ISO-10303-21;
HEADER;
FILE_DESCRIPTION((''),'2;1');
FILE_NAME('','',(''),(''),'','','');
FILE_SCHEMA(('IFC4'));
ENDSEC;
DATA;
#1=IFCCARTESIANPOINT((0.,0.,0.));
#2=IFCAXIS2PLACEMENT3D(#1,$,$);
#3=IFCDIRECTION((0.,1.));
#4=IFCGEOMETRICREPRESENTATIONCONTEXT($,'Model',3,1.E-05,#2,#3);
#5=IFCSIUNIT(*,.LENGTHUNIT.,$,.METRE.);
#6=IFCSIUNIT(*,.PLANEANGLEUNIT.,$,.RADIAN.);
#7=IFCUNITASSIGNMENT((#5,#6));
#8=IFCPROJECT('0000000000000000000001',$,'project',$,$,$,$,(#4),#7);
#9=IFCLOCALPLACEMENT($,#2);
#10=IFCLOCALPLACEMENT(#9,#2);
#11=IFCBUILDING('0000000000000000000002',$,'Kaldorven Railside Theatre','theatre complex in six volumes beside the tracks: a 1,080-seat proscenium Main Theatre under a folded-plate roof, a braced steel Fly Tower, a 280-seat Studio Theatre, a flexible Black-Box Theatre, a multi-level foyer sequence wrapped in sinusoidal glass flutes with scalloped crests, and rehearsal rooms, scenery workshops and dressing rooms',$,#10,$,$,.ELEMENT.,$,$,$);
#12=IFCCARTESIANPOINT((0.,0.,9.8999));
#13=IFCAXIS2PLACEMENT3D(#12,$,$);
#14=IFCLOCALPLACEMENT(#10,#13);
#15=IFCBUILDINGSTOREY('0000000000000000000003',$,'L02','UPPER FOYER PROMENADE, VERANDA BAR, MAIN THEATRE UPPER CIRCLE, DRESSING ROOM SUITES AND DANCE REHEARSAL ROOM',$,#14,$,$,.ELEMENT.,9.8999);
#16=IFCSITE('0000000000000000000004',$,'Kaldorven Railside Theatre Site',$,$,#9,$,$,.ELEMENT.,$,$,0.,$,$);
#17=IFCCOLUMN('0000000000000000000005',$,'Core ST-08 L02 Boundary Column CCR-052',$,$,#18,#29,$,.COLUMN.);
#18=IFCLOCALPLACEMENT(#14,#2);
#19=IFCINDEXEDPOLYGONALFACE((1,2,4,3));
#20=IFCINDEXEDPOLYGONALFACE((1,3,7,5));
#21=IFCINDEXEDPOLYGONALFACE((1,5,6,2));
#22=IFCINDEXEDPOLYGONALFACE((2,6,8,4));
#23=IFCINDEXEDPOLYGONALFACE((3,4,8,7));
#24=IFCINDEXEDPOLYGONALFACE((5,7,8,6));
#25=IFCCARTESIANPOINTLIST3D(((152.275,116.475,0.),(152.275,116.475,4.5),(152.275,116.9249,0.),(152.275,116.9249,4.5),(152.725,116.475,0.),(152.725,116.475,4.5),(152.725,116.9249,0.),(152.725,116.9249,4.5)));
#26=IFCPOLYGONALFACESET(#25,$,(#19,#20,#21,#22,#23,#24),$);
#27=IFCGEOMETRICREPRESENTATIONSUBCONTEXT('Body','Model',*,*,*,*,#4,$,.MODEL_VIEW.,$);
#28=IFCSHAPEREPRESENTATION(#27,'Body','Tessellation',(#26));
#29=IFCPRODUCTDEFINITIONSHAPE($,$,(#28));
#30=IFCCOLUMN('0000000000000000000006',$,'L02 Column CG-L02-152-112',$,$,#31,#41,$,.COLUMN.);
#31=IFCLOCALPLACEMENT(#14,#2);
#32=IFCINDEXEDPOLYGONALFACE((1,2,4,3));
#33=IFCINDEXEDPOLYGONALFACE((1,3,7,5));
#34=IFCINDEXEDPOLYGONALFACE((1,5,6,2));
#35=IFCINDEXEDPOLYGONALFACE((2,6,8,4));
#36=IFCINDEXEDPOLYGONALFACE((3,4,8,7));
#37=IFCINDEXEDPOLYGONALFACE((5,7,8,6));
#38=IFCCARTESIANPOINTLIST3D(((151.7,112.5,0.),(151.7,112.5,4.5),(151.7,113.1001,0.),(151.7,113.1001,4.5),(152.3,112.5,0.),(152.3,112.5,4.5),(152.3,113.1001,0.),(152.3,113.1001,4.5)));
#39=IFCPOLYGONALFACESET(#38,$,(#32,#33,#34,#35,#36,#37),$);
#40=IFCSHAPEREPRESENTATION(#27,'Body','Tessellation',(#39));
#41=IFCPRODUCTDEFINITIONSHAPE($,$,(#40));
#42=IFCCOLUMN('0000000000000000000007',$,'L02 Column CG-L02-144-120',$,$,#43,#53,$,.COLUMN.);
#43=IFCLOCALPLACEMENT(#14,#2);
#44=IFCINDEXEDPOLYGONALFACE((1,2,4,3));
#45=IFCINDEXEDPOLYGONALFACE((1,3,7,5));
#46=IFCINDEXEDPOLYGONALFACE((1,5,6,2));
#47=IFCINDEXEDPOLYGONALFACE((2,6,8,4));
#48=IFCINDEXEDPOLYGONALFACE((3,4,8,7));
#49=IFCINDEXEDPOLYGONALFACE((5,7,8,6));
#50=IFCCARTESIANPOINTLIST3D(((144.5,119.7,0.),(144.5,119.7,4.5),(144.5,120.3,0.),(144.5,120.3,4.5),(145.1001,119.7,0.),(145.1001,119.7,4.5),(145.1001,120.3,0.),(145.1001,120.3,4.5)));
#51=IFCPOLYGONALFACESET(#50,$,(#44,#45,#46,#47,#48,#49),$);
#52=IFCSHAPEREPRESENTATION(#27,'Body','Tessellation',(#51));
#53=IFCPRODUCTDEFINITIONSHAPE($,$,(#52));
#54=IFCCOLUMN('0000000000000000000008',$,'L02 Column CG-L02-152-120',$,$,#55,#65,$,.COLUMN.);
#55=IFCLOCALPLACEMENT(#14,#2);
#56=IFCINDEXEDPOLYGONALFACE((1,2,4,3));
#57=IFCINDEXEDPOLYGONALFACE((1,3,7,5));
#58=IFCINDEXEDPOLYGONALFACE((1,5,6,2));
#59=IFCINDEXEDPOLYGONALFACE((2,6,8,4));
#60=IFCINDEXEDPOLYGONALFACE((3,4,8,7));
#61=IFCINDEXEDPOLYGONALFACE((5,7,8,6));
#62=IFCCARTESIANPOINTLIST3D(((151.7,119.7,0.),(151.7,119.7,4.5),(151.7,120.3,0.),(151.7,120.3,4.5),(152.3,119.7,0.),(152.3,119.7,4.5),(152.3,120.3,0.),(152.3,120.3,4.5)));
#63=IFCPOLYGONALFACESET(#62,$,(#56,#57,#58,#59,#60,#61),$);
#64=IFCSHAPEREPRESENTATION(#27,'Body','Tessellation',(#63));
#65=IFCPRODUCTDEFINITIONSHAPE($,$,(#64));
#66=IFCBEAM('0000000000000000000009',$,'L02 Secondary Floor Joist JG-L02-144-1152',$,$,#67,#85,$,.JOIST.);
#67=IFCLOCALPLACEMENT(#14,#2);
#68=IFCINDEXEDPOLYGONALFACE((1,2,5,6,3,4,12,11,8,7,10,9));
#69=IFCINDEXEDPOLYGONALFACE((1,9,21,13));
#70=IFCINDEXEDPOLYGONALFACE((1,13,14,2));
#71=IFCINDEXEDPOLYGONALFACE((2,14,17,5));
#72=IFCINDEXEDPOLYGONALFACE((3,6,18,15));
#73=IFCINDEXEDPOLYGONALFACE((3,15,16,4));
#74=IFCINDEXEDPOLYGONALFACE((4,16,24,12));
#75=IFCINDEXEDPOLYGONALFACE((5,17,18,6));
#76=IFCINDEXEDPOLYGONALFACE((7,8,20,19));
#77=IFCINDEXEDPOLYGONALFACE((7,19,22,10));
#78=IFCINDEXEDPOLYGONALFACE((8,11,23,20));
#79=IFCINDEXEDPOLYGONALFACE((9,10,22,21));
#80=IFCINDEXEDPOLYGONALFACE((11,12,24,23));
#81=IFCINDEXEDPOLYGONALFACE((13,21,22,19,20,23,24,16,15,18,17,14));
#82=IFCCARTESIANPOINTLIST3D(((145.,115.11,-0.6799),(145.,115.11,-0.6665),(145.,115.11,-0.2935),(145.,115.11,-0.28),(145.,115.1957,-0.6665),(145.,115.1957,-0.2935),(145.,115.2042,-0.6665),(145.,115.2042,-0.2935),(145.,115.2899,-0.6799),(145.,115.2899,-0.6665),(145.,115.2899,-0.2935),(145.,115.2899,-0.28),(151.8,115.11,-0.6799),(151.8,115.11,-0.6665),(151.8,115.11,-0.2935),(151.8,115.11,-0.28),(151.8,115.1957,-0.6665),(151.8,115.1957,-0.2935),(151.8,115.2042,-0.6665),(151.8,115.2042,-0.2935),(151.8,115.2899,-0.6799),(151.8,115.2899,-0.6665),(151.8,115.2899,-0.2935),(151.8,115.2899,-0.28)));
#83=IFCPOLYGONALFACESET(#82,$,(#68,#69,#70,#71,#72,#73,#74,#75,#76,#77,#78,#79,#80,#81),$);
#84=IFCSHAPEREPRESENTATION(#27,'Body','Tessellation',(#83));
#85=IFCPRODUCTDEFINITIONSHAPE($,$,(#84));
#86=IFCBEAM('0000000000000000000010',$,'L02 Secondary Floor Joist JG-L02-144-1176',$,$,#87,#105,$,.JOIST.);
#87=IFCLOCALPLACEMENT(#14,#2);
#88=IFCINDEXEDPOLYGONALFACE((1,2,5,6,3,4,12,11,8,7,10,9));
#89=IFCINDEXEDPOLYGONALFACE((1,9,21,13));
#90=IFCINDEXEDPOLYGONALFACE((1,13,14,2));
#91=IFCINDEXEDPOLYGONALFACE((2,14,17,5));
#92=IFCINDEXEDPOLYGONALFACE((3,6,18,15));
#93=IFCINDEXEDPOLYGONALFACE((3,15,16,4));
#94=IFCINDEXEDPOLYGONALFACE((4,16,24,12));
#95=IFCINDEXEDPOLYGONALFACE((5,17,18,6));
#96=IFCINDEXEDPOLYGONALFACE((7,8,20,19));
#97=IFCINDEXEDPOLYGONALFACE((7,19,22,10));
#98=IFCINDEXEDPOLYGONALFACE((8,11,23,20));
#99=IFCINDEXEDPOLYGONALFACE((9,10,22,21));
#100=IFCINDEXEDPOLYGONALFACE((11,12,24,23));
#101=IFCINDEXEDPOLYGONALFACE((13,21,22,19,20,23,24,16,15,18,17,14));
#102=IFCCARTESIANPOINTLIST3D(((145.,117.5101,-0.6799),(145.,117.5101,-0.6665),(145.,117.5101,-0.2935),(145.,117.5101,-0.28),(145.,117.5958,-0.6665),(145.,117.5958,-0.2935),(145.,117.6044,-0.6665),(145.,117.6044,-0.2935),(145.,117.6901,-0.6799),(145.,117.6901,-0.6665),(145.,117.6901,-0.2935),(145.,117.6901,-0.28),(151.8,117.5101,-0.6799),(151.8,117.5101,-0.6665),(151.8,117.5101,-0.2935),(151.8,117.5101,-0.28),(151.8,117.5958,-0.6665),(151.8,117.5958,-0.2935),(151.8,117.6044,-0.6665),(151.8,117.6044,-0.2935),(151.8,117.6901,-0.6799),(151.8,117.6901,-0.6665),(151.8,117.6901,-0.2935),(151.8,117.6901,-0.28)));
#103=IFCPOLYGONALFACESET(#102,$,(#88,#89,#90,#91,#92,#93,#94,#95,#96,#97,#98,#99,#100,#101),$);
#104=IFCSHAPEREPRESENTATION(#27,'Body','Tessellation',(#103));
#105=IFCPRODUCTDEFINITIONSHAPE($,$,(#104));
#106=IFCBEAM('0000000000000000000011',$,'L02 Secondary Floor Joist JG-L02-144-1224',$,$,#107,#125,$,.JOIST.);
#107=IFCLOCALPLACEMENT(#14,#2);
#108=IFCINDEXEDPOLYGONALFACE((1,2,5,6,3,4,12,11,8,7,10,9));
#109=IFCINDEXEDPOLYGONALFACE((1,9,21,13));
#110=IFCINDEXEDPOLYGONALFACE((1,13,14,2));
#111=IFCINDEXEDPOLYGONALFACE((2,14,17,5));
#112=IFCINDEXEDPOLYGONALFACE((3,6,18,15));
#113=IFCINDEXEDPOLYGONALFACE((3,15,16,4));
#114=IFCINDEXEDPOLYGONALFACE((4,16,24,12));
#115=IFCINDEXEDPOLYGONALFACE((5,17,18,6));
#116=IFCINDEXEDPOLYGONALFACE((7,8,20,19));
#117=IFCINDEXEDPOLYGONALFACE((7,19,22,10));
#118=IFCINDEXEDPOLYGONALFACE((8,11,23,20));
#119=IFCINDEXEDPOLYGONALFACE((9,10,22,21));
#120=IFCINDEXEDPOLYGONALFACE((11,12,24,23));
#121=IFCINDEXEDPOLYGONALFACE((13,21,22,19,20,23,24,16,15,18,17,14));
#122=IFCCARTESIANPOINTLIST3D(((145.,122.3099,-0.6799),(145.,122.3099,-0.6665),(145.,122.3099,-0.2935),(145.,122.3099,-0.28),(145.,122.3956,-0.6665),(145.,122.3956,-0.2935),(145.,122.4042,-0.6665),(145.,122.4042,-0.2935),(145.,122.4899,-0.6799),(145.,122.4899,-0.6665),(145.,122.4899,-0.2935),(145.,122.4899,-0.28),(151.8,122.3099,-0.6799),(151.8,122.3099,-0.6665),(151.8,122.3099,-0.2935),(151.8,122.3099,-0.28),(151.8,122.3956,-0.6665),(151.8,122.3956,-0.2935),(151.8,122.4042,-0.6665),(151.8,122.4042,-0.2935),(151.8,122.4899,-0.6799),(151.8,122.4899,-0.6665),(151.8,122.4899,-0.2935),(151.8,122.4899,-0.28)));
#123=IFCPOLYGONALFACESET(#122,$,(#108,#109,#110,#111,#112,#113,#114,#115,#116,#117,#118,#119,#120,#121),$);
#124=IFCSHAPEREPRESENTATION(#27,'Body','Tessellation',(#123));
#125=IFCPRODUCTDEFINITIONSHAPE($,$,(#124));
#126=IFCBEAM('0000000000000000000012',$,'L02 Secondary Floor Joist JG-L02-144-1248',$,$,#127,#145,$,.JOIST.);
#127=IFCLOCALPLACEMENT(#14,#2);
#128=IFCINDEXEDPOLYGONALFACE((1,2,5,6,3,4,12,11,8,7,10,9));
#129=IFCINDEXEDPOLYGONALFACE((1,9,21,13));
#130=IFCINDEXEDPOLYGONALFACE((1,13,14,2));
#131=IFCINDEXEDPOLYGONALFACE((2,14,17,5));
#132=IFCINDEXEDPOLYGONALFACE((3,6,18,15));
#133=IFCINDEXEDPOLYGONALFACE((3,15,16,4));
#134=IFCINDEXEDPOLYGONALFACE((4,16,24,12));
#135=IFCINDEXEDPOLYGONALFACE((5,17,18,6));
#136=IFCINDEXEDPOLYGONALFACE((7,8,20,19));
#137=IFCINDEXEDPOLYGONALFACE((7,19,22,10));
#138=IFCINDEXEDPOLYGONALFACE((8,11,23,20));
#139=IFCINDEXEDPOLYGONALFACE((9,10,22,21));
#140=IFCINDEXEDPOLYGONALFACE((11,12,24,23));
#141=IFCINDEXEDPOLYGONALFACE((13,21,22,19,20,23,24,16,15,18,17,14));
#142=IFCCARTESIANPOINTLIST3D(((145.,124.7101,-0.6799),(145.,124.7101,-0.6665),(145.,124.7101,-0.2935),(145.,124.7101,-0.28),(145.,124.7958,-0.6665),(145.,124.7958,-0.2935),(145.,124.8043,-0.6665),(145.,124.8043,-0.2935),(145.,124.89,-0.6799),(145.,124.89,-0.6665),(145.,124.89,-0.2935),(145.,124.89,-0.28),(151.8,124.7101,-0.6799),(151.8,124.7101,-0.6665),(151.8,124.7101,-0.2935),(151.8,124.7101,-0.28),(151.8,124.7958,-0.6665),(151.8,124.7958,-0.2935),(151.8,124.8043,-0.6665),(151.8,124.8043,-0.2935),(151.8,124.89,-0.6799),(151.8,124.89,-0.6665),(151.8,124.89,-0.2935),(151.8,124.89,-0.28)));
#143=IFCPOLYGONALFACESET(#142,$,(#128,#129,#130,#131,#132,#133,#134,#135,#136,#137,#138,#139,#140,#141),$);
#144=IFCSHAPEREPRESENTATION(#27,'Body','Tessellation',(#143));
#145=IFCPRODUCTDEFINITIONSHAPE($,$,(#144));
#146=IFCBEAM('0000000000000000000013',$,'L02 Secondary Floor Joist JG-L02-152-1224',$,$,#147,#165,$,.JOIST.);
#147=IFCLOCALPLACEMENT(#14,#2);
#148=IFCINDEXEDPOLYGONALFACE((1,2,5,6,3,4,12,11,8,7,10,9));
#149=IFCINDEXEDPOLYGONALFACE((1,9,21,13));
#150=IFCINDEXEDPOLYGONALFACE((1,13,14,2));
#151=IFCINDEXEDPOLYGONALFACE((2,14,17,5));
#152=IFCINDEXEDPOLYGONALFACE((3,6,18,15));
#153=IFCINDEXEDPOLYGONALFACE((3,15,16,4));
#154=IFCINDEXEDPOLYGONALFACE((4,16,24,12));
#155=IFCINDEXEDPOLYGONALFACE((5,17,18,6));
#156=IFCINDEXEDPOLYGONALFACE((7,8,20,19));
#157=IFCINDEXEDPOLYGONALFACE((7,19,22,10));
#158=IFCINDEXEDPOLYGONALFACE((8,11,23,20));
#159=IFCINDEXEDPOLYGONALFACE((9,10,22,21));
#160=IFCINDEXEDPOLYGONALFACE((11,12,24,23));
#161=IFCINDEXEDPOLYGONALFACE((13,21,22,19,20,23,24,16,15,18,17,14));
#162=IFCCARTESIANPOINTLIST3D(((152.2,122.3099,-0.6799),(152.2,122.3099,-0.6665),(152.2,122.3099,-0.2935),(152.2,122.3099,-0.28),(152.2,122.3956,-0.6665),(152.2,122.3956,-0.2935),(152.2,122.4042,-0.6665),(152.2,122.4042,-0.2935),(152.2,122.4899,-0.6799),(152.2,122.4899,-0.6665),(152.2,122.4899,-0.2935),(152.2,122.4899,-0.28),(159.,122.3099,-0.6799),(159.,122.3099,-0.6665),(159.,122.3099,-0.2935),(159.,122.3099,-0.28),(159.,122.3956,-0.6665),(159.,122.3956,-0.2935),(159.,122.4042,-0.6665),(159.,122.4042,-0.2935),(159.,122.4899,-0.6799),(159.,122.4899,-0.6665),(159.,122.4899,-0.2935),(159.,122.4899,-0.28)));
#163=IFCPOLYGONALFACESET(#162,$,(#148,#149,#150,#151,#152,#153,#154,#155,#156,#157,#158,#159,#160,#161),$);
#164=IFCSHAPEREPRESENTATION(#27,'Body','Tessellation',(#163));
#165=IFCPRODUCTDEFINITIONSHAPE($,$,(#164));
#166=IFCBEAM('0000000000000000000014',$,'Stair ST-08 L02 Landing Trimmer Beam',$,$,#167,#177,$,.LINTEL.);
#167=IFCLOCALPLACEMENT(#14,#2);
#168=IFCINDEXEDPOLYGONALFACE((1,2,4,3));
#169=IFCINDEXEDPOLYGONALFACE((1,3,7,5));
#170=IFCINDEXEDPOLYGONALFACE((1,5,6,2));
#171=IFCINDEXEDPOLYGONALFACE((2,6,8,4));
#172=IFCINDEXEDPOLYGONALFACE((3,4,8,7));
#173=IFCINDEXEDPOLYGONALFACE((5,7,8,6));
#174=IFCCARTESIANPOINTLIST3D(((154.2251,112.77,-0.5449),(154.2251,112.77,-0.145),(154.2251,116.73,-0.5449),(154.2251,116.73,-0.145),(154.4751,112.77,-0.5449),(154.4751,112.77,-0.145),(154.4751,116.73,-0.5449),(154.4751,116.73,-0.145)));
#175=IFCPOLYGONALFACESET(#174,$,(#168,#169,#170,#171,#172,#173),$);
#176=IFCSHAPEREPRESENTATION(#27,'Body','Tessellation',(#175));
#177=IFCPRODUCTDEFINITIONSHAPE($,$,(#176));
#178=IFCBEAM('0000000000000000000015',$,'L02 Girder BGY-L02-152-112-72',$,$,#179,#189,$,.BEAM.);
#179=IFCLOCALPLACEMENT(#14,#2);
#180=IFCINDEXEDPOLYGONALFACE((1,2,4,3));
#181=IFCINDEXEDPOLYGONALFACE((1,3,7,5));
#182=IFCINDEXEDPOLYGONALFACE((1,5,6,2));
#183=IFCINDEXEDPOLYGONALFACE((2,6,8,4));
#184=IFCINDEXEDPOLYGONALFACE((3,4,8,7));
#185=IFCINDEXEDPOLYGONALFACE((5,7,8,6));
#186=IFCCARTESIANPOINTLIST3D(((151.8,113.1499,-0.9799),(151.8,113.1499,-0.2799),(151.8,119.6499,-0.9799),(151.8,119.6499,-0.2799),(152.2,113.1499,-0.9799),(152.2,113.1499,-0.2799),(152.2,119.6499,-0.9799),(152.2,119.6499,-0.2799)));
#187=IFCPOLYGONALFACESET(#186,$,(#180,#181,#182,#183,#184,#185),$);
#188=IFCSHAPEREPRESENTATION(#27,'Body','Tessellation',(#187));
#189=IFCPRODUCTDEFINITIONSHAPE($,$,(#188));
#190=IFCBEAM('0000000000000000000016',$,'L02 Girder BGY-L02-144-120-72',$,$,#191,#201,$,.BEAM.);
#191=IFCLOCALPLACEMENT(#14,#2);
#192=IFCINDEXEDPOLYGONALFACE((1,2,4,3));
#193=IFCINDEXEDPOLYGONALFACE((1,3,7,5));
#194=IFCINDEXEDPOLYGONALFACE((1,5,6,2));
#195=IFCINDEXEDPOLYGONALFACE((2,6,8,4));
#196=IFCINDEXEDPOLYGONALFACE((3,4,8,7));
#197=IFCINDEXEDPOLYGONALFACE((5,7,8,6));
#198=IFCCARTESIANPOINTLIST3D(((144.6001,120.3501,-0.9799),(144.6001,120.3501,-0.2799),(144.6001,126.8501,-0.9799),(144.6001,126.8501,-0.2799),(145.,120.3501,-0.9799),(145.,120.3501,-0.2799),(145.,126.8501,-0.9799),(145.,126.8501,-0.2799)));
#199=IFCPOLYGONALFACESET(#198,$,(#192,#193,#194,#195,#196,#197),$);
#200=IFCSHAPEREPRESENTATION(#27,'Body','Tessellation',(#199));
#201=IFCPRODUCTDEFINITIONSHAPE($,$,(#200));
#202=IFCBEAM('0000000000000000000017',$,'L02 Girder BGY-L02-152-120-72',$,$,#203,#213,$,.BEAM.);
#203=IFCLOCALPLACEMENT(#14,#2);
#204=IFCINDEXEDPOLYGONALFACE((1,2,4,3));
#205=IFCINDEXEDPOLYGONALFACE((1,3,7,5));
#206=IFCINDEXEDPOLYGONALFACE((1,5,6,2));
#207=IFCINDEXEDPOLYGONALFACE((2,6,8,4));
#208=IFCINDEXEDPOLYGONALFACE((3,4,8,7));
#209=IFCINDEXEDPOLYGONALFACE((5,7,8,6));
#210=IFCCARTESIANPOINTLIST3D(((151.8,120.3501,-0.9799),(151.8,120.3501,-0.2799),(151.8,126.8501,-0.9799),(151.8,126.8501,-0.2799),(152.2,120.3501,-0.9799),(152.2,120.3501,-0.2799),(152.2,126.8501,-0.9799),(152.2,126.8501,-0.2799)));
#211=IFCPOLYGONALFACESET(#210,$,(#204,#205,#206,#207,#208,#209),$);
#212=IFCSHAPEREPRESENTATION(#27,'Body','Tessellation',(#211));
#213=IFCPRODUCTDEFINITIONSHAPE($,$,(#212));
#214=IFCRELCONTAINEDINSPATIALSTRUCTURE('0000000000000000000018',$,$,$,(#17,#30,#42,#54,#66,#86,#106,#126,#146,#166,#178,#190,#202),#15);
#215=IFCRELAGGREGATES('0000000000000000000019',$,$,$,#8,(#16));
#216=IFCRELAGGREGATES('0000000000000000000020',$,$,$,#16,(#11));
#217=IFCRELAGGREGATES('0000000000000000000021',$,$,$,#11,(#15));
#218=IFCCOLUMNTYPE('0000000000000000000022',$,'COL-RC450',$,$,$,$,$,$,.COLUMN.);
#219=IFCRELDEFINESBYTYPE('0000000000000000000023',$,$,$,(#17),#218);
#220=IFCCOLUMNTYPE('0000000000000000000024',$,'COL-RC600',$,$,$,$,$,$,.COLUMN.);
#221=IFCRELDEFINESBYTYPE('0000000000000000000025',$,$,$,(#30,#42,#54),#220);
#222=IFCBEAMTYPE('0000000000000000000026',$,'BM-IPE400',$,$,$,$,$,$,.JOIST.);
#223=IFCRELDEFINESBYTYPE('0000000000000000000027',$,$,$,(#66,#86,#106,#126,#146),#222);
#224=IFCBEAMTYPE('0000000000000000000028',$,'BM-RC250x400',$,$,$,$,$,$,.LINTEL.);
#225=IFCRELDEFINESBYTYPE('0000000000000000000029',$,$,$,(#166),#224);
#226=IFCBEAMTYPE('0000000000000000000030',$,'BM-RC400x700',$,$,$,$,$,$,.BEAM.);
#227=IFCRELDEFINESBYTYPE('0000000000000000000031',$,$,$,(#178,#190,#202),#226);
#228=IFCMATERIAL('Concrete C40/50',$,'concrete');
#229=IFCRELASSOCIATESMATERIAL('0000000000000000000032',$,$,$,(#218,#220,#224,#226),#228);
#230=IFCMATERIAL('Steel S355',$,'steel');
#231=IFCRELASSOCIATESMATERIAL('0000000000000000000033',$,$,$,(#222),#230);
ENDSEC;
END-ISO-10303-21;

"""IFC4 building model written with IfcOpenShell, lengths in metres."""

from ifc_helpers import new_model, si_unit, direction, frame, origin, origin_2d, place, context, subcontext, project, spatial, rectangle, i_section, extrude, material, material_profile, profile_set, type_object, element, save


model = new_model("IFC4")

# Units and contexts
model_context = context("Model", 3, precision=1e-05, world=origin(), true_north=direction((0.0, 1.0)))
body_context = subcontext(model_context, "Body", "Model", "MODEL_VIEW")
ifc_project = project(units=[si_unit("LENGTHUNIT", "METRE"), si_unit("PLANEANGLEUNIT", "RADIAN")], contexts=[model_context])

# Site, building, storey
site_placement = place(None, origin())
site = spatial("IfcSite", under=ifc_project, at=site_placement, Name="Kaldorven Railside Theatre Site", CompositionType="ELEMENT", RefElevation=0.0)
building_placement = place(site_placement, origin())
building = spatial("IfcBuilding", under=site, at=building_placement, Name="Kaldorven Railside Theatre", Description="theatre complex in six volumes beside the tracks: a 1,080-seat proscenium Main Theatre under a folded-plate roof, a braced steel Fly Tower, a 280-seat Studio Theatre, a flexible Black-Box Theatre, a multi-level foyer sequence wrapped in sinusoidal glass flutes with scalloped crests, and rehearsal rooms, scenery workshops and dressing rooms", CompositionType="ELEMENT")
storey_placement = place(building_placement, frame((0.0, 0.0, 9.8999)))
storey = spatial("IfcBuildingStorey", under=building, at=storey_placement, Name="L02", Description="UPPER FOYER PROMENADE, VERANDA BAR, MAIN THEATRE UPPER CIRCLE, DRESSING ROOM SUITES AND DANCE REHEARSAL ROOM", CompositionType="ELEMENT", Elevation=9.8999)

# Columns
ifc_material_1 = material(Name="Concrete C40/50", Category="concrete")
ifc_material_profile_1 = material_profile(ifc_material_1, rectangle(XDim=0.45, YDim=0.45, at=origin_2d()), Name="RC 450x450")
ifc_profile_set_1 = profile_set([ifc_material_profile_1], Name="Concrete C40/50")
column_type_1 = type_object("IfcColumnType", Name="COL-RC450", PredefinedType="COLUMN", material=ifc_profile_set_1)
column_placement = place(storey_placement, frame((152.5, 116.7, 0.0), z_axis=(0.0, 0.0, 1.0), x_axis=(1.0, 0.0, 0.0)))
element("IfcColumn", 1, at=column_placement, inside=storey, type_object=column_type_1, Name="Core ST-08 L02 Boundary Column CCR-052", PredefinedType="COLUMN", context=body_context, shape_type="SweptSolid", body=[
    extrude(rectangle(XDim=0.45, YDim=0.45, at=origin_2d()), origin(), (0.0, 0.0, 1.0), 4.5),
])
ifc_material_profile_2 = material_profile(ifc_material_1, rectangle(XDim=0.6001, YDim=0.6001, at=origin_2d()), Name="RC 600x600")
ifc_profile_set_2 = profile_set([ifc_material_profile_2], Name="Concrete C40/50")
column_type_2 = type_object("IfcColumnType", Name="COL-RC600", PredefinedType="COLUMN", material=ifc_profile_set_2)
for number, where, z_axis, x_axis, name in (
    (2, (152.0, 112.8, 0.0), (0.0, 0.0, 1.0), (1.0, 0.0, 0.0), "L02 Column CG-L02-152-112"),
    (3, (144.8, 120.0, 0.0), (0.0, 0.0, 1.0), (1.0, 0.0, 0.0), "L02 Column CG-L02-144-120"),
    (4, (152.0, 120.0, 0.0), (0.0, 0.0, 1.0), (1.0, 0.0, 0.0), "L02 Column CG-L02-152-120"),
):
    element("IfcColumn", number, at=place(storey_placement, frame(where, z_axis=z_axis, x_axis=x_axis)), inside=storey, type_object=column_type_2, Name=name, PredefinedType="COLUMN", context=body_context, shape_type="SweptSolid", body=[
        extrude(rectangle(XDim=0.6001, YDim=0.6001, at=origin_2d()), origin(), (0.0, 0.0, 1.0), 4.5),
    ])

# Beams
ifc_material_2 = material(Name="Steel S355", Category="steel")
ifc_material_profile_3 = material_profile(ifc_material_2, i_section(OverallWidth=0.1799, OverallDepth=0.3999, WebThickness=0.0085, FlangeThickness=0.0134, at=origin_2d()), Name="IPE 400")
ifc_profile_set_3 = profile_set([ifc_material_profile_3], Name="Steel S355")
beam_type_1 = type_object("IfcBeamType", Name="BM-IPE400", PredefinedType="JOIST", material=ifc_profile_set_3)
for number, where, z_axis, x_axis, name in (
    (5, (145.0, 115.2, -0.48), (1.0, 0.0, 0.0), (0.0, 1.0, 0.0), "L02 Secondary Floor Joist JG-L02-144-1152"),
    (6, (145.0, 117.6001, -0.48), (1.0, 0.0, 0.0), (0.0, 1.0, 0.0), "L02 Secondary Floor Joist JG-L02-144-1176"),
    (7, (145.0, 122.3999, -0.48), (1.0, 0.0, 0.0), (0.0, 1.0, 0.0), "L02 Secondary Floor Joist JG-L02-144-1224"),
    (8, (145.0, 124.8, -0.48), (1.0, 0.0, 0.0), (0.0, 1.0, 0.0), "L02 Secondary Floor Joist JG-L02-144-1248"),
    (9, (152.2, 122.3999, -0.48), (1.0, 0.0, 0.0), (0.0, 1.0, 0.0), "L02 Secondary Floor Joist JG-L02-152-1224"),
):
    element("IfcBeam", number, at=place(storey_placement, frame(where, z_axis=z_axis, x_axis=x_axis)), inside=storey, type_object=beam_type_1, Name=name, PredefinedType="JOIST", context=body_context, shape_type="SweptSolid", body=[
        extrude(i_section(OverallWidth=0.1799, OverallDepth=0.3999, WebThickness=0.0085, FlangeThickness=0.0134, at=origin_2d()), origin(), (0.0, 0.0, 1.0), 6.8),
    ])
ifc_material_profile_4 = material_profile(ifc_material_1, rectangle(XDim=0.25, YDim=0.3999, at=origin_2d()), Name="RC 250x400")
ifc_profile_set_4 = profile_set([ifc_material_profile_4], Name="Concrete C40/50")
beam_type_2 = type_object("IfcBeamType", Name="BM-RC250x400", PredefinedType="LINTEL", material=ifc_profile_set_4)
beam_placement = place(storey_placement, frame((154.3501, 112.77, -0.345), z_axis=(0.0, 1.0, 0.0), x_axis=(-1.0, 0.0, 0.0)))
element("IfcBeam", 10, at=beam_placement, inside=storey, type_object=beam_type_2, Name="Stair ST-08 L02 Landing Trimmer Beam", PredefinedType="LINTEL", context=body_context, shape_type="SweptSolid", body=[
    extrude(rectangle(XDim=0.25, YDim=0.3999, at=origin_2d()), origin(), (0.0, 0.0, 1.0), 3.96),
])
ifc_material_profile_5 = material_profile(ifc_material_1, rectangle(XDim=0.3999, YDim=0.7, at=origin_2d()), Name="RC 400x700")
ifc_profile_set_5 = profile_set([ifc_material_profile_5], Name="Concrete C40/50")
beam_type_3 = type_object("IfcBeamType", Name="BM-RC400x700", PredefinedType="BEAM", material=ifc_profile_set_5)
for number, where, z_axis, x_axis, name in (
    (11, (152.0, 113.1499, -0.6299), (0.0, 1.0, 0.0), (-1.0, 0.0, 0.0), "L02 Girder BGY-L02-152-112-72"),
    (12, (144.8, 120.3501, -0.6299), (0.0, 1.0, 0.0), (-1.0, 0.0, 0.0), "L02 Girder BGY-L02-144-120-72"),
    (13, (152.0, 120.3501, -0.6299), (0.0, 1.0, 0.0), (-1.0, 0.0, 0.0), "L02 Girder BGY-L02-152-120-72"),
):
    element("IfcBeam", number, at=place(storey_placement, frame(where, z_axis=z_axis, x_axis=x_axis)), inside=storey, type_object=beam_type_3, Name=name, PredefinedType="BEAM", context=body_context, shape_type="SweptSolid", body=[
        extrude(rectangle(XDim=0.3999, YDim=0.7, at=origin_2d()), origin(), (0.0, 0.0, 1.0), 6.5),
    ])

save(model, "model.ifc")
